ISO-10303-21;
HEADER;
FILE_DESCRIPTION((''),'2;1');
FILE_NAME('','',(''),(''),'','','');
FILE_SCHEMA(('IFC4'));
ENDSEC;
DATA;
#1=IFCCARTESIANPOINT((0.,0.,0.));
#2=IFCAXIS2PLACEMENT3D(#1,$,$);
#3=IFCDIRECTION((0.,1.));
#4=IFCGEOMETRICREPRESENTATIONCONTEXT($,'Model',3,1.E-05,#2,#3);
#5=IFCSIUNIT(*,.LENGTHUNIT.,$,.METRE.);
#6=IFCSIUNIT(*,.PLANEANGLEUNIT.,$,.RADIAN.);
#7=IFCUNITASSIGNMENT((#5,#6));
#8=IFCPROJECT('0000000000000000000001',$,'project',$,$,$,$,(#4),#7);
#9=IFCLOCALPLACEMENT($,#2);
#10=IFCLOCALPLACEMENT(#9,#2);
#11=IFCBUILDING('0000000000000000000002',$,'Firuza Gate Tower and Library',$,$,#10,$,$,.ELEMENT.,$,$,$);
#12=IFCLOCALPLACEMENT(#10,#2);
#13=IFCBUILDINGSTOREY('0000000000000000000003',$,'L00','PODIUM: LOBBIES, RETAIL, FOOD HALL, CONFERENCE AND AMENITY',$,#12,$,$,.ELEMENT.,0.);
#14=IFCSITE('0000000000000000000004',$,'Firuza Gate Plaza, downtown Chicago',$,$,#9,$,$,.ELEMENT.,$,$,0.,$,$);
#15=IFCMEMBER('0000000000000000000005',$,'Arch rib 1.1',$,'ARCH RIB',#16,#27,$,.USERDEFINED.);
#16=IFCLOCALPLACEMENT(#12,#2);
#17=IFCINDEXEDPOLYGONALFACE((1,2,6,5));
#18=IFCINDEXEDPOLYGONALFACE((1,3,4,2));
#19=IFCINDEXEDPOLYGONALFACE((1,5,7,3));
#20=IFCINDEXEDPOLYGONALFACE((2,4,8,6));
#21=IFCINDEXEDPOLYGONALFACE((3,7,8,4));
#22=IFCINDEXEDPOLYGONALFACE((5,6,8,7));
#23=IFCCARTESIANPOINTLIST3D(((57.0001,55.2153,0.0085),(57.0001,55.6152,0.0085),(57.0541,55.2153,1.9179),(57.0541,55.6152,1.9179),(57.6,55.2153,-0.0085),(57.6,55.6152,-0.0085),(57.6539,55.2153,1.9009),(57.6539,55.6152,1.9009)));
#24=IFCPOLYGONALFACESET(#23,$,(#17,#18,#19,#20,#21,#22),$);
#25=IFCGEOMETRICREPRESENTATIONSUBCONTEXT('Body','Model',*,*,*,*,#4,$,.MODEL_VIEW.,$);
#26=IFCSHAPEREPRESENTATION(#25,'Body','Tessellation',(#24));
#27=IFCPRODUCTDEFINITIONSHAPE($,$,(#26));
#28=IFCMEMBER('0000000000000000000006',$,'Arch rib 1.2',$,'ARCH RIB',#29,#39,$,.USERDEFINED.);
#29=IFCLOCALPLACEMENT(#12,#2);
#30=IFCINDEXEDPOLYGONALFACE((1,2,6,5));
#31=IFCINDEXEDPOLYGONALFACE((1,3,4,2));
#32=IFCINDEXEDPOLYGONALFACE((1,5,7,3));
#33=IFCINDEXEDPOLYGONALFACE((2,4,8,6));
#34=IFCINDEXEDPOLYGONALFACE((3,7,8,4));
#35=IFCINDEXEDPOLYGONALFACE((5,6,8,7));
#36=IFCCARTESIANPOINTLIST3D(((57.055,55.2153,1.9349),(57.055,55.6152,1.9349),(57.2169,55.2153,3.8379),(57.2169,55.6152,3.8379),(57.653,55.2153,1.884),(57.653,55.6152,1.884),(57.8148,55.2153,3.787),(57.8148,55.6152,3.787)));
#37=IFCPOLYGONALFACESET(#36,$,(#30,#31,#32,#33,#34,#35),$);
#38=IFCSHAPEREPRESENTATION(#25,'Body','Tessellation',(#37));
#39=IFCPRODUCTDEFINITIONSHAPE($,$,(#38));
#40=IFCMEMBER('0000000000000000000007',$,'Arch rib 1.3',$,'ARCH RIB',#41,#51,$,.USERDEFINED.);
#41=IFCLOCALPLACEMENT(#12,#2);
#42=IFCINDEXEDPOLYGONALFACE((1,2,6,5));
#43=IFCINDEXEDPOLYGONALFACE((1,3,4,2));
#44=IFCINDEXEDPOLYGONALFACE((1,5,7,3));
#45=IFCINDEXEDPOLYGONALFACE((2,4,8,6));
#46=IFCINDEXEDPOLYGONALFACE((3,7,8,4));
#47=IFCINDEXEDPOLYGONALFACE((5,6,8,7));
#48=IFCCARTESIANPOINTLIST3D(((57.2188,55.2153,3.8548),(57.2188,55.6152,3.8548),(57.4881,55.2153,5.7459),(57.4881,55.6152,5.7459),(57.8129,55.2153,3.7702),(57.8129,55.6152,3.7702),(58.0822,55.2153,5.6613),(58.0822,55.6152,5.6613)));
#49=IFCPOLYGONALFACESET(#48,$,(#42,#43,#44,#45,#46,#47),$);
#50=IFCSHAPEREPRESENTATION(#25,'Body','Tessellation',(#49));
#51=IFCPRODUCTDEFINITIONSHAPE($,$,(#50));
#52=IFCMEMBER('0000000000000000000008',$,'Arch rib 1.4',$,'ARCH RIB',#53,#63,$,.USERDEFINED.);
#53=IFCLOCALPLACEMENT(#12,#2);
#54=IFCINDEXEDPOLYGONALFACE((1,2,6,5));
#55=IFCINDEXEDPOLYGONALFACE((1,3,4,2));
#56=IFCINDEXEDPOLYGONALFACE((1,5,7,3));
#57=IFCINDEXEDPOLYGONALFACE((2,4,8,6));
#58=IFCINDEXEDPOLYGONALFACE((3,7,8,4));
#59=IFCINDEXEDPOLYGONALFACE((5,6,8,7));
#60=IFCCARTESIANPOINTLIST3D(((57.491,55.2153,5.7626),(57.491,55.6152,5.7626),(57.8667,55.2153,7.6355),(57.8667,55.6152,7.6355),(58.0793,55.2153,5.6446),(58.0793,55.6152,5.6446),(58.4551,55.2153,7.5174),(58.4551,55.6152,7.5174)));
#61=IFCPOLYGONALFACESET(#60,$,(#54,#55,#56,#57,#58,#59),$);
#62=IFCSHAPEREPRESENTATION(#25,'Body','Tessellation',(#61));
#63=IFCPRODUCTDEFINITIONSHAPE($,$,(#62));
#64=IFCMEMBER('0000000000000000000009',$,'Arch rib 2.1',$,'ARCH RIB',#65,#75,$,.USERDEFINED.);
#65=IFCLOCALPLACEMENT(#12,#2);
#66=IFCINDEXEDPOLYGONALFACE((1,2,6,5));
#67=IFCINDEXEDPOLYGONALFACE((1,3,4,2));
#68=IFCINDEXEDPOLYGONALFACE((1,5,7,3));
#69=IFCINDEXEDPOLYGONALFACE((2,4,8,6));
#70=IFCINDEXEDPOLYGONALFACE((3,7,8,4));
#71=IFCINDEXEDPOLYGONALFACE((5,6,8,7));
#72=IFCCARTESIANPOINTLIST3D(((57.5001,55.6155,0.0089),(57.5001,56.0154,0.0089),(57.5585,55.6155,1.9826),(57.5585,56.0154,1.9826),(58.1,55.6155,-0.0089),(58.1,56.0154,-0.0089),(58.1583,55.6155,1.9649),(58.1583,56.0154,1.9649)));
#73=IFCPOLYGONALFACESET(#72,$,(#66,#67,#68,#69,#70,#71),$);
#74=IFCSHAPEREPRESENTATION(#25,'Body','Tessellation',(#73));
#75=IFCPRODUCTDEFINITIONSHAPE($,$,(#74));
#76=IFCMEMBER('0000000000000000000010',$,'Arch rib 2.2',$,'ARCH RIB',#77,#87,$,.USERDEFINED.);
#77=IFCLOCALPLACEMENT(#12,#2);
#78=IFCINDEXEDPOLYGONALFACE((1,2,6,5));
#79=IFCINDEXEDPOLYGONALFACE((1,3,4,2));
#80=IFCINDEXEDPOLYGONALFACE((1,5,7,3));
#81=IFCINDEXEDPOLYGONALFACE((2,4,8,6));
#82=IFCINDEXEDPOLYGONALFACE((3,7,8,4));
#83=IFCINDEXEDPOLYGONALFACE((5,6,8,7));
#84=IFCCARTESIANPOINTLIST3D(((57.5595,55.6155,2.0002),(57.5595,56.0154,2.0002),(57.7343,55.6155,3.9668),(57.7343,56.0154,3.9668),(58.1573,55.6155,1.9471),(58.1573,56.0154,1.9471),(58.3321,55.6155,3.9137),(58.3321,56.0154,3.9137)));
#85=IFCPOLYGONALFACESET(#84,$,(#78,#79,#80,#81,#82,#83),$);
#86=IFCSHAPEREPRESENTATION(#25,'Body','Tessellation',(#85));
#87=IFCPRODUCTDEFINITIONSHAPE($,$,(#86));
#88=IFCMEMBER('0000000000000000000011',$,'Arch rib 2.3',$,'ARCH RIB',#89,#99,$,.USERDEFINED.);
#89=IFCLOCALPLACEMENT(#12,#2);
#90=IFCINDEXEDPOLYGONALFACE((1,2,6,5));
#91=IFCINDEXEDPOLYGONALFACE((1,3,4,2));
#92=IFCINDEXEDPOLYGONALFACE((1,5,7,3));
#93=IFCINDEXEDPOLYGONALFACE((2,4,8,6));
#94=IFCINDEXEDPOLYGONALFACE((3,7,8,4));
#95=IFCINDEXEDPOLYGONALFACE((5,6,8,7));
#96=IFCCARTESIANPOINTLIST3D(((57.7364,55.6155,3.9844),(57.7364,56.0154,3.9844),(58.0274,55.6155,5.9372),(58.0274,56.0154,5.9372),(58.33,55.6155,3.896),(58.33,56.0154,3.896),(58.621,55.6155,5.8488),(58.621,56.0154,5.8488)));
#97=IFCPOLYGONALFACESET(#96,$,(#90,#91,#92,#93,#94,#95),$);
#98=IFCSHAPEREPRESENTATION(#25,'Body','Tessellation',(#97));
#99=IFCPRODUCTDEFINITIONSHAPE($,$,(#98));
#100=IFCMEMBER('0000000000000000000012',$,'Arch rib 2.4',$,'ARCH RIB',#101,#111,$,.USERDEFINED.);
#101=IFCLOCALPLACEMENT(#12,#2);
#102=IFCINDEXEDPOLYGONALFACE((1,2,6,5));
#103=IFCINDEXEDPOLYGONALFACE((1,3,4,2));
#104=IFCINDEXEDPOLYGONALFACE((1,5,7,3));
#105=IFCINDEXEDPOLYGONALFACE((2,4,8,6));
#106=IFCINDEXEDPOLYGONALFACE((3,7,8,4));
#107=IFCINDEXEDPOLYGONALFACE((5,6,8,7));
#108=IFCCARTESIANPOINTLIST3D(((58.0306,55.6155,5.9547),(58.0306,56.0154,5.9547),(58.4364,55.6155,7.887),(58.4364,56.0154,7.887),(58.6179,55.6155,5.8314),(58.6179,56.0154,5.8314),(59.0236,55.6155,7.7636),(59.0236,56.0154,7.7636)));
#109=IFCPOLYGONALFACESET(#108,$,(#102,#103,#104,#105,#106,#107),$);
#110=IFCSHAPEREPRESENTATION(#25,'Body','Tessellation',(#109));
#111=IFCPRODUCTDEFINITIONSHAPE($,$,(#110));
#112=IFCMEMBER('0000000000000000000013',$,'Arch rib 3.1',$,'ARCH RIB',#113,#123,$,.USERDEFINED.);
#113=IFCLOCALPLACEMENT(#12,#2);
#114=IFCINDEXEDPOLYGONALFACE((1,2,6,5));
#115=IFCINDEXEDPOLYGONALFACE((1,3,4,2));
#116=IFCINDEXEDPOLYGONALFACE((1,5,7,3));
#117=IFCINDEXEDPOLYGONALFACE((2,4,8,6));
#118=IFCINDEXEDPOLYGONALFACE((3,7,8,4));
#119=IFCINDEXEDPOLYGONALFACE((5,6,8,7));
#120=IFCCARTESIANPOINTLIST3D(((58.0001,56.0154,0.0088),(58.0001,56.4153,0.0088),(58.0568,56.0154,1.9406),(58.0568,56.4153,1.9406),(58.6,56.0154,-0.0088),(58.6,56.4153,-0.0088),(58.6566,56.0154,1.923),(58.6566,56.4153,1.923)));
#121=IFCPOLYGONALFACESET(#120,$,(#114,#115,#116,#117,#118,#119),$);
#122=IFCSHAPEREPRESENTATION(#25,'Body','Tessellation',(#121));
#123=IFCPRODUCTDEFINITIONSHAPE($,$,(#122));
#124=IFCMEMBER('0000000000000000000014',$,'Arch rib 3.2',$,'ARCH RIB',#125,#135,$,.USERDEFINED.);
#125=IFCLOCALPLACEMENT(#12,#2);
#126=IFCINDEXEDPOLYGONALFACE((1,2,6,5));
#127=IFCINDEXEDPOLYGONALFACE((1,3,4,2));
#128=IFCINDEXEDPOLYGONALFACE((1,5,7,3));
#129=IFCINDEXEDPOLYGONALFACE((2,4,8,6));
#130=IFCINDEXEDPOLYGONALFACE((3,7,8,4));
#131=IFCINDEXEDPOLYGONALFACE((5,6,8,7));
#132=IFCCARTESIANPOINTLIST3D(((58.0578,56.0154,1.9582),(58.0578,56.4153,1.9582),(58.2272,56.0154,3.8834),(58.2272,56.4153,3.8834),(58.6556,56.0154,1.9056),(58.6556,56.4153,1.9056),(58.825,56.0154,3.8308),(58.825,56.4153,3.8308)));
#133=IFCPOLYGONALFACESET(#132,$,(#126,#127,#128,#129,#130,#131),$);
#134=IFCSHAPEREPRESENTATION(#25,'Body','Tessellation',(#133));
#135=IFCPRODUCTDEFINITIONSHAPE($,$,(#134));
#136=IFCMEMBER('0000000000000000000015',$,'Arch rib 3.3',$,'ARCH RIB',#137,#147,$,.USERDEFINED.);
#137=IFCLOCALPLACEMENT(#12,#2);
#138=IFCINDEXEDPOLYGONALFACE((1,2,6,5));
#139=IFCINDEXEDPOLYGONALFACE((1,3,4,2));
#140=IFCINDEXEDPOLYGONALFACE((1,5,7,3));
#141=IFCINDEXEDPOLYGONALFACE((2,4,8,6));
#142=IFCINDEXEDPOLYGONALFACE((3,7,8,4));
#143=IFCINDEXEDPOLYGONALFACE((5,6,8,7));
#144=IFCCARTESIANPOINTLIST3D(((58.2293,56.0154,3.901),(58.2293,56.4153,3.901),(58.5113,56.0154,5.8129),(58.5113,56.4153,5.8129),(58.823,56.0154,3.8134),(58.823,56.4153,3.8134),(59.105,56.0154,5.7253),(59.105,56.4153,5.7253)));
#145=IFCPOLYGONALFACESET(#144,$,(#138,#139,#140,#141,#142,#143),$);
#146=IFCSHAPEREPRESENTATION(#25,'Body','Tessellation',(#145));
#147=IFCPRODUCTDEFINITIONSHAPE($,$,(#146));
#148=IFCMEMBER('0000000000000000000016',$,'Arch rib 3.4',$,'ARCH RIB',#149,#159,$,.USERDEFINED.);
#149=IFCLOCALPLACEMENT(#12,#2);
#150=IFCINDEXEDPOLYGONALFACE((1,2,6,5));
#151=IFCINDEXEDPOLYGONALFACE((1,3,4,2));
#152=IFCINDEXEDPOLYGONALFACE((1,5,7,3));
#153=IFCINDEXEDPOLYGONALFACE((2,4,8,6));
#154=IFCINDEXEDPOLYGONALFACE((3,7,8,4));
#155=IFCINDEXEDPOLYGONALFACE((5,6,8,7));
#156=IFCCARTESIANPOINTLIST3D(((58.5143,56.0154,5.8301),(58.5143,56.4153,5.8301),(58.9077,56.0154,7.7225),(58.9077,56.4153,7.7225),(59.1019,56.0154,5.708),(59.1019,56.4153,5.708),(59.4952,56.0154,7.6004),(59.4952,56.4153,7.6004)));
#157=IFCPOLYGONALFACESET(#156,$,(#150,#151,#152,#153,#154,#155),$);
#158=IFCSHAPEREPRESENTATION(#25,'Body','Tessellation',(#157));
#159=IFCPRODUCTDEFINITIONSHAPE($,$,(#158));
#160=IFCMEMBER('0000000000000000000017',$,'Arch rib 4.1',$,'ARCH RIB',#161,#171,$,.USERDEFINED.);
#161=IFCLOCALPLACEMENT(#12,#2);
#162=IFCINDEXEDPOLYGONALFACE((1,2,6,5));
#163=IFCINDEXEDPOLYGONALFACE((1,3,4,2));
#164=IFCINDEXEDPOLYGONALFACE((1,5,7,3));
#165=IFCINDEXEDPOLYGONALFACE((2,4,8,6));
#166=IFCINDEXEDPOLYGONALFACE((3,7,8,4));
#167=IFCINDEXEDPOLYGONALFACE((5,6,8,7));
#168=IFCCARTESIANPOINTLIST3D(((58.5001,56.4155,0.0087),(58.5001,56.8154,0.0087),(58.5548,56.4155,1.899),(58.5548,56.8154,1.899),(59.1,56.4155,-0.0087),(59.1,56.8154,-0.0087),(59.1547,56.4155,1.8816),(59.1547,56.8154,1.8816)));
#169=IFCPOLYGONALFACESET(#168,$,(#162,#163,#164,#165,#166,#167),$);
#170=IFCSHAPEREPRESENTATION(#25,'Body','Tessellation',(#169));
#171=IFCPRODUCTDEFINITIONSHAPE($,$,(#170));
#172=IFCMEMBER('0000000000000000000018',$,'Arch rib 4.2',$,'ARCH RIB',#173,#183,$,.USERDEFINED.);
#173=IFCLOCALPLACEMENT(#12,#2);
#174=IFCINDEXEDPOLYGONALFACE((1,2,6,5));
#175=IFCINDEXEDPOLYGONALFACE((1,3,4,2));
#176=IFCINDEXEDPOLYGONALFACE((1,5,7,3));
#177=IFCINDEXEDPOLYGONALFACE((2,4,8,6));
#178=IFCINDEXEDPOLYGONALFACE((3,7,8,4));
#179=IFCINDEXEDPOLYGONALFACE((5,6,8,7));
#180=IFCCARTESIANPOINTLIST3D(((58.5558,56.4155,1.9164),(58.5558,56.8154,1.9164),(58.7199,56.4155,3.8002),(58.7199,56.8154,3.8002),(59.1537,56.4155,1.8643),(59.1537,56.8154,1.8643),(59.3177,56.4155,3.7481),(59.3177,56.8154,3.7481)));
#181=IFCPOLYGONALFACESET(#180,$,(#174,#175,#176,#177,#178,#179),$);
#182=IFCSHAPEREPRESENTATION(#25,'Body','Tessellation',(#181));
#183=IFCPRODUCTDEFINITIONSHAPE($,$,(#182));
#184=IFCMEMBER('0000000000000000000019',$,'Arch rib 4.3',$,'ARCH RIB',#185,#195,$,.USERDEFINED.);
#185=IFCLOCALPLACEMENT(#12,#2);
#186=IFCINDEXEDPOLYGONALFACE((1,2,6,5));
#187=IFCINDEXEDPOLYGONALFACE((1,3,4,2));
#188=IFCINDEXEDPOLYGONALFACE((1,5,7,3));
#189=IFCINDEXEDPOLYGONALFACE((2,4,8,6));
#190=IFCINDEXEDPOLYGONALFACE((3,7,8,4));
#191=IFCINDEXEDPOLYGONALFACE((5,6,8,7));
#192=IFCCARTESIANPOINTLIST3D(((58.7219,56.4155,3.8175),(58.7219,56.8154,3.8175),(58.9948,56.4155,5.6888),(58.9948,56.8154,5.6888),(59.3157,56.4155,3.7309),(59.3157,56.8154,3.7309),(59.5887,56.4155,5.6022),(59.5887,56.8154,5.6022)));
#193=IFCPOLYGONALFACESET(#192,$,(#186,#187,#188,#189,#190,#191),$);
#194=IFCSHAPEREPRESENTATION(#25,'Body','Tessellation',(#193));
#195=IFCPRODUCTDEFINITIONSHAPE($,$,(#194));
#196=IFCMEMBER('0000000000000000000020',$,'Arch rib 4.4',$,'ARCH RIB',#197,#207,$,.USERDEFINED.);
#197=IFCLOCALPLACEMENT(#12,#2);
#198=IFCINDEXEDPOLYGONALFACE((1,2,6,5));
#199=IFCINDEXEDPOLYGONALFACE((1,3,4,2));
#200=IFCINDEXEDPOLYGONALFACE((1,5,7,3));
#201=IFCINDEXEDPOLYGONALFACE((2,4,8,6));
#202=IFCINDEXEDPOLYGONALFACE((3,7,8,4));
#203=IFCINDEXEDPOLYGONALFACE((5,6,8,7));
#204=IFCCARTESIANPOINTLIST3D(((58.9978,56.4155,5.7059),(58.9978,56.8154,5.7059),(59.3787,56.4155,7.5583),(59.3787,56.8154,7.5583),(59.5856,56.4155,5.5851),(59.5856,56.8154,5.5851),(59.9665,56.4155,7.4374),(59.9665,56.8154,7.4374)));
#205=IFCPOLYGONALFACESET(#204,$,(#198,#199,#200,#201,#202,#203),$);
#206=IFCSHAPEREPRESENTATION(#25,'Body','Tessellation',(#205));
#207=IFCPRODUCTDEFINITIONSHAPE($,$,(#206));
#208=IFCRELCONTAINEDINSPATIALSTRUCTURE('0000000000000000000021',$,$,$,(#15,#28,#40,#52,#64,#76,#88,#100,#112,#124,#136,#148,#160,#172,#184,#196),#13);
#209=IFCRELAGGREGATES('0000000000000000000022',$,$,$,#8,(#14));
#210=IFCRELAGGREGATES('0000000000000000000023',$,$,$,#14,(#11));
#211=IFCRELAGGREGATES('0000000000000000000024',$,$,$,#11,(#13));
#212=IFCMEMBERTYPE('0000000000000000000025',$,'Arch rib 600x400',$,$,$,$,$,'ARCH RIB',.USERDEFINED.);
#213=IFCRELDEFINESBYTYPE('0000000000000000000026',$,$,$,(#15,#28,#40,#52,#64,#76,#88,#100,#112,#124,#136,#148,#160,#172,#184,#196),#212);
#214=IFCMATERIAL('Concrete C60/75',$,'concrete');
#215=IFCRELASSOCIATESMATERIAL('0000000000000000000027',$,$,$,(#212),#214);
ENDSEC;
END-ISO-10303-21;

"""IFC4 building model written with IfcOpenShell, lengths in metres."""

from ifc_helpers import new_model, si_unit, direction, frame, origin, origin_2d, place, context, subcontext, project, spatial, rectangle, extrude, material, material_profile, profile_set, type_object, element, save


model = new_model("IFC4")

# Units and contexts
model_context = context("Model", 3, precision=1e-05, world=origin(), true_north=direction((0.0, 1.0)))
body_context = subcontext(model_context, "Body", "Model", "MODEL_VIEW")
ifc_project = project(units=[si_unit("LENGTHUNIT", "METRE"), si_unit("PLANEANGLEUNIT", "RADIAN")], contexts=[model_context])

# Site, building, storey
site_placement = place(None, origin())
site = spatial("IfcSite", under=ifc_project, at=site_placement, Name="Firuza Gate Plaza, downtown Chicago", CompositionType="ELEMENT", RefElevation=0.0)
building_placement = place(site_placement, origin())
building = spatial("IfcBuilding", under=site, at=building_placement, Name="Firuza Gate Tower and Library", CompositionType="ELEMENT")
storey_placement = place(building_placement, origin())
storey = spatial("IfcBuildingStorey", under=building, at=storey_placement, Name="L00", Description="PODIUM: LOBBIES, RETAIL, FOOD HALL, CONFERENCE AND AMENITY", CompositionType="ELEMENT", Elevation=0.0)

# Members
ifc_material_1 = material(Name="Concrete C60/75", Category="concrete")
ifc_material_profile_1 = material_profile(ifc_material_1, rectangle(XDim=0.3999, YDim=0.6001, at=origin_2d()))
ifc_profile_set_1 = profile_set([ifc_material_profile_1], Name="Concrete C60/75")
member_type = type_object("IfcMemberType", Name="Arch rib 600x400", ElementType="ARCH RIB", PredefinedType="USERDEFINED", material=ifc_profile_set_1)
member_1_placement = place(storey_placement, frame((57.3, 55.4153, 0.0), z_axis=(0.028246, 0.0, 0.999601), x_axis=(0.0, 1.0, 0.0)))
element("IfcMember", 1, at=member_1_placement, inside=storey, type_object=member_type, Name="Arch rib 1.1", ObjectType="ARCH RIB", PredefinedType="USERDEFINED", context=body_context, shape_type="SweptSolid", body=[
    extrude(rectangle(XDim=0.3999, YDim=0.6001, at=origin_2d()), origin(), (0.0, 0.0, 1.0), 1.9102),
])
member_2_placement = place(storey_placement, frame((57.354, 55.4153, 1.9094), z_axis=(0.084749, 0.0, 0.996402), x_axis=(0.0, 1.0, 0.0)))
element("IfcMember", 2, at=member_2_placement, inside=storey, type_object=member_type, Name="Arch rib 1.2", ObjectType="ARCH RIB", PredefinedType="USERDEFINED", context=body_context, shape_type="SweptSolid", body=[
    extrude(rectangle(XDim=0.3999, YDim=0.6001, at=origin_2d()), origin(), (0.0, 0.0, 1.0), 1.9099),
])
for number, where, z_axis, x_axis, name in (
    (3, (57.5159, 55.4153, 3.8125), (0.140974, 0.0, 0.990013), (0.0, 1.0, 0.0), "Arch rib 1.3"),
    (4, (57.7852, 55.4153, 5.7036), (0.196706, 0.0, 0.980463), (0.0, 1.0, 0.0), "Arch rib 1.4"),
):
    element("IfcMember", number, at=place(storey_placement, frame(where, z_axis=z_axis, x_axis=x_axis)), inside=storey, type_object=member_type, Name=name, ObjectType="ARCH RIB", PredefinedType="USERDEFINED", context=body_context, shape_type="SweptSolid", body=[
        extrude(rectangle(XDim=0.3999, YDim=0.6001, at=origin_2d()), origin(), (0.0, 0.0, 1.0), 1.9102),
    ])
member_3_placement = place(storey_placement, frame((57.8, 55.8154, 0.0), z_axis=(0.029552, 0.0, 0.999563), x_axis=(0.0, 1.0, 0.0)))
element("IfcMember", 5, at=member_3_placement, inside=storey, type_object=member_type, Name="Arch rib 2.1", ObjectType="ARCH RIB", PredefinedType="USERDEFINED", context=body_context, shape_type="SweptSolid", body=[
    extrude(rectangle(XDim=0.3999, YDim=0.6001, at=origin_2d()), origin(), (0.0, 0.0, 1.0), 1.9746),
])
for number, where, z_axis, x_axis, name in (
    (6, (57.8584, 55.8154, 1.9736), (0.08854, 0.0, 0.996073), (0.0, 1.0, 0.0), "Arch rib 2.2"),
    (7, (58.0332, 55.8154, 3.9402), (0.147391, 0.0, 0.989078), (0.0, 1.0, 0.0), "Arch rib 2.3"),
    (8, (58.3242, 55.8154, 5.8931), (0.205524, 0.0, 0.978652), (0.0, 1.0, 0.0), "Arch rib 2.4"),
):
    element("IfcMember", number, at=place(storey_placement, frame(where, z_axis=z_axis, x_axis=x_axis)), inside=storey, type_object=member_type, Name=name, ObjectType="ARCH RIB", PredefinedType="USERDEFINED", context=body_context, shape_type="SweptSolid", body=[
        extrude(rectangle(XDim=0.3999, YDim=0.6001, at=origin_2d()), origin(), (0.0, 0.0, 1.0), 1.9744),
    ])
for number, where, z_axis, x_axis, name in (
    (9, (58.3, 56.2153, 0.0), (0.029306, 0.0, 0.99957), (0.0, 1.0, 0.0), "Arch rib 3.1"),
    (10, (58.3567, 56.2153, 1.9319), (0.087665, 0.0, 0.99615), (0.0, 1.0, 0.0), "Arch rib 3.2"),
    (11, (58.5261, 56.2153, 3.8572), (0.145912, 0.0, 0.989298), (0.0, 1.0, 0.0), "Arch rib 3.3"),
):
    element("IfcMember", number, at=place(storey_placement, frame(where, z_axis=z_axis, x_axis=x_axis)), inside=storey, type_object=member_type, Name=name, ObjectType="ARCH RIB", PredefinedType="USERDEFINED", context=body_context, shape_type="SweptSolid", body=[
        extrude(rectangle(XDim=0.3999, YDim=0.6001, at=origin_2d()), origin(), (0.0, 0.0, 1.0), 1.9326),
    ])
member_4_placement = place(storey_placement, frame((58.8081, 56.2153, 5.769), z_axis=(0.203495, 0.0, 0.979076), x_axis=(0.0, 1.0, 0.0)))
element("IfcMember", 12, at=member_4_placement, inside=storey, type_object=member_type, Name="Arch rib 3.4", ObjectType="ARCH RIB", PredefinedType="USERDEFINED", context=body_context, shape_type="SweptSolid", body=[
    extrude(rectangle(XDim=0.3999, YDim=0.6001, at=origin_2d()), origin(), (0.0, 0.0, 1.0), 1.9329),
])
member_5_placement = place(storey_placement, frame((58.8, 56.6155, 0.0), z_axis=(0.028917, 0.0, 0.999582), x_axis=(0.0, 1.0, 0.0)))
element("IfcMember", 13, at=member_5_placement, inside=storey, type_object=member_type, Name="Arch rib 4.1", ObjectType="ARCH RIB", PredefinedType="USERDEFINED", context=body_context, shape_type="SweptSolid", body=[
    extrude(rectangle(XDim=0.3999, YDim=0.6001, at=origin_2d()), origin(), (0.0, 0.0, 1.0), 1.8911),
])
member_6_placement = place(storey_placement, frame((58.8547, 56.6155, 1.8904), z_axis=(0.086763, 0.0, 0.996229), x_axis=(0.0, 1.0, 0.0)))
element("IfcMember", 14, at=member_6_placement, inside=storey, type_object=member_type, Name="Arch rib 4.2", ObjectType="ARCH RIB", PredefinedType="USERDEFINED", context=body_context, shape_type="SweptSolid", body=[
    extrude(rectangle(XDim=0.3999, YDim=0.6001, at=origin_2d()), origin(), (0.0, 0.0, 1.0), 1.8909),
])
for number, where, z_axis, x_axis, name in (
    (15, (59.0188, 56.6155, 3.7742), (0.144331, 0.0, 0.98953), (0.0, 1.0, 0.0), "Arch rib 4.3"),
    (16, (59.2917, 56.6155, 5.6455), (0.201402, 0.0, 0.979509), (0.0, 1.0, 0.0), "Arch rib 4.4"),
):
    element("IfcMember", number, at=place(storey_placement, frame(where, z_axis=z_axis, x_axis=x_axis)), inside=storey, type_object=member_type, Name=name, ObjectType="ARCH RIB", PredefinedType="USERDEFINED", context=body_context, shape_type="SweptSolid", body=[
        extrude(rectangle(XDim=0.3999, YDim=0.6001, at=origin_2d()), origin(), (0.0, 0.0, 1.0), 1.8911),
    ])

save(model, "model.ifc")
